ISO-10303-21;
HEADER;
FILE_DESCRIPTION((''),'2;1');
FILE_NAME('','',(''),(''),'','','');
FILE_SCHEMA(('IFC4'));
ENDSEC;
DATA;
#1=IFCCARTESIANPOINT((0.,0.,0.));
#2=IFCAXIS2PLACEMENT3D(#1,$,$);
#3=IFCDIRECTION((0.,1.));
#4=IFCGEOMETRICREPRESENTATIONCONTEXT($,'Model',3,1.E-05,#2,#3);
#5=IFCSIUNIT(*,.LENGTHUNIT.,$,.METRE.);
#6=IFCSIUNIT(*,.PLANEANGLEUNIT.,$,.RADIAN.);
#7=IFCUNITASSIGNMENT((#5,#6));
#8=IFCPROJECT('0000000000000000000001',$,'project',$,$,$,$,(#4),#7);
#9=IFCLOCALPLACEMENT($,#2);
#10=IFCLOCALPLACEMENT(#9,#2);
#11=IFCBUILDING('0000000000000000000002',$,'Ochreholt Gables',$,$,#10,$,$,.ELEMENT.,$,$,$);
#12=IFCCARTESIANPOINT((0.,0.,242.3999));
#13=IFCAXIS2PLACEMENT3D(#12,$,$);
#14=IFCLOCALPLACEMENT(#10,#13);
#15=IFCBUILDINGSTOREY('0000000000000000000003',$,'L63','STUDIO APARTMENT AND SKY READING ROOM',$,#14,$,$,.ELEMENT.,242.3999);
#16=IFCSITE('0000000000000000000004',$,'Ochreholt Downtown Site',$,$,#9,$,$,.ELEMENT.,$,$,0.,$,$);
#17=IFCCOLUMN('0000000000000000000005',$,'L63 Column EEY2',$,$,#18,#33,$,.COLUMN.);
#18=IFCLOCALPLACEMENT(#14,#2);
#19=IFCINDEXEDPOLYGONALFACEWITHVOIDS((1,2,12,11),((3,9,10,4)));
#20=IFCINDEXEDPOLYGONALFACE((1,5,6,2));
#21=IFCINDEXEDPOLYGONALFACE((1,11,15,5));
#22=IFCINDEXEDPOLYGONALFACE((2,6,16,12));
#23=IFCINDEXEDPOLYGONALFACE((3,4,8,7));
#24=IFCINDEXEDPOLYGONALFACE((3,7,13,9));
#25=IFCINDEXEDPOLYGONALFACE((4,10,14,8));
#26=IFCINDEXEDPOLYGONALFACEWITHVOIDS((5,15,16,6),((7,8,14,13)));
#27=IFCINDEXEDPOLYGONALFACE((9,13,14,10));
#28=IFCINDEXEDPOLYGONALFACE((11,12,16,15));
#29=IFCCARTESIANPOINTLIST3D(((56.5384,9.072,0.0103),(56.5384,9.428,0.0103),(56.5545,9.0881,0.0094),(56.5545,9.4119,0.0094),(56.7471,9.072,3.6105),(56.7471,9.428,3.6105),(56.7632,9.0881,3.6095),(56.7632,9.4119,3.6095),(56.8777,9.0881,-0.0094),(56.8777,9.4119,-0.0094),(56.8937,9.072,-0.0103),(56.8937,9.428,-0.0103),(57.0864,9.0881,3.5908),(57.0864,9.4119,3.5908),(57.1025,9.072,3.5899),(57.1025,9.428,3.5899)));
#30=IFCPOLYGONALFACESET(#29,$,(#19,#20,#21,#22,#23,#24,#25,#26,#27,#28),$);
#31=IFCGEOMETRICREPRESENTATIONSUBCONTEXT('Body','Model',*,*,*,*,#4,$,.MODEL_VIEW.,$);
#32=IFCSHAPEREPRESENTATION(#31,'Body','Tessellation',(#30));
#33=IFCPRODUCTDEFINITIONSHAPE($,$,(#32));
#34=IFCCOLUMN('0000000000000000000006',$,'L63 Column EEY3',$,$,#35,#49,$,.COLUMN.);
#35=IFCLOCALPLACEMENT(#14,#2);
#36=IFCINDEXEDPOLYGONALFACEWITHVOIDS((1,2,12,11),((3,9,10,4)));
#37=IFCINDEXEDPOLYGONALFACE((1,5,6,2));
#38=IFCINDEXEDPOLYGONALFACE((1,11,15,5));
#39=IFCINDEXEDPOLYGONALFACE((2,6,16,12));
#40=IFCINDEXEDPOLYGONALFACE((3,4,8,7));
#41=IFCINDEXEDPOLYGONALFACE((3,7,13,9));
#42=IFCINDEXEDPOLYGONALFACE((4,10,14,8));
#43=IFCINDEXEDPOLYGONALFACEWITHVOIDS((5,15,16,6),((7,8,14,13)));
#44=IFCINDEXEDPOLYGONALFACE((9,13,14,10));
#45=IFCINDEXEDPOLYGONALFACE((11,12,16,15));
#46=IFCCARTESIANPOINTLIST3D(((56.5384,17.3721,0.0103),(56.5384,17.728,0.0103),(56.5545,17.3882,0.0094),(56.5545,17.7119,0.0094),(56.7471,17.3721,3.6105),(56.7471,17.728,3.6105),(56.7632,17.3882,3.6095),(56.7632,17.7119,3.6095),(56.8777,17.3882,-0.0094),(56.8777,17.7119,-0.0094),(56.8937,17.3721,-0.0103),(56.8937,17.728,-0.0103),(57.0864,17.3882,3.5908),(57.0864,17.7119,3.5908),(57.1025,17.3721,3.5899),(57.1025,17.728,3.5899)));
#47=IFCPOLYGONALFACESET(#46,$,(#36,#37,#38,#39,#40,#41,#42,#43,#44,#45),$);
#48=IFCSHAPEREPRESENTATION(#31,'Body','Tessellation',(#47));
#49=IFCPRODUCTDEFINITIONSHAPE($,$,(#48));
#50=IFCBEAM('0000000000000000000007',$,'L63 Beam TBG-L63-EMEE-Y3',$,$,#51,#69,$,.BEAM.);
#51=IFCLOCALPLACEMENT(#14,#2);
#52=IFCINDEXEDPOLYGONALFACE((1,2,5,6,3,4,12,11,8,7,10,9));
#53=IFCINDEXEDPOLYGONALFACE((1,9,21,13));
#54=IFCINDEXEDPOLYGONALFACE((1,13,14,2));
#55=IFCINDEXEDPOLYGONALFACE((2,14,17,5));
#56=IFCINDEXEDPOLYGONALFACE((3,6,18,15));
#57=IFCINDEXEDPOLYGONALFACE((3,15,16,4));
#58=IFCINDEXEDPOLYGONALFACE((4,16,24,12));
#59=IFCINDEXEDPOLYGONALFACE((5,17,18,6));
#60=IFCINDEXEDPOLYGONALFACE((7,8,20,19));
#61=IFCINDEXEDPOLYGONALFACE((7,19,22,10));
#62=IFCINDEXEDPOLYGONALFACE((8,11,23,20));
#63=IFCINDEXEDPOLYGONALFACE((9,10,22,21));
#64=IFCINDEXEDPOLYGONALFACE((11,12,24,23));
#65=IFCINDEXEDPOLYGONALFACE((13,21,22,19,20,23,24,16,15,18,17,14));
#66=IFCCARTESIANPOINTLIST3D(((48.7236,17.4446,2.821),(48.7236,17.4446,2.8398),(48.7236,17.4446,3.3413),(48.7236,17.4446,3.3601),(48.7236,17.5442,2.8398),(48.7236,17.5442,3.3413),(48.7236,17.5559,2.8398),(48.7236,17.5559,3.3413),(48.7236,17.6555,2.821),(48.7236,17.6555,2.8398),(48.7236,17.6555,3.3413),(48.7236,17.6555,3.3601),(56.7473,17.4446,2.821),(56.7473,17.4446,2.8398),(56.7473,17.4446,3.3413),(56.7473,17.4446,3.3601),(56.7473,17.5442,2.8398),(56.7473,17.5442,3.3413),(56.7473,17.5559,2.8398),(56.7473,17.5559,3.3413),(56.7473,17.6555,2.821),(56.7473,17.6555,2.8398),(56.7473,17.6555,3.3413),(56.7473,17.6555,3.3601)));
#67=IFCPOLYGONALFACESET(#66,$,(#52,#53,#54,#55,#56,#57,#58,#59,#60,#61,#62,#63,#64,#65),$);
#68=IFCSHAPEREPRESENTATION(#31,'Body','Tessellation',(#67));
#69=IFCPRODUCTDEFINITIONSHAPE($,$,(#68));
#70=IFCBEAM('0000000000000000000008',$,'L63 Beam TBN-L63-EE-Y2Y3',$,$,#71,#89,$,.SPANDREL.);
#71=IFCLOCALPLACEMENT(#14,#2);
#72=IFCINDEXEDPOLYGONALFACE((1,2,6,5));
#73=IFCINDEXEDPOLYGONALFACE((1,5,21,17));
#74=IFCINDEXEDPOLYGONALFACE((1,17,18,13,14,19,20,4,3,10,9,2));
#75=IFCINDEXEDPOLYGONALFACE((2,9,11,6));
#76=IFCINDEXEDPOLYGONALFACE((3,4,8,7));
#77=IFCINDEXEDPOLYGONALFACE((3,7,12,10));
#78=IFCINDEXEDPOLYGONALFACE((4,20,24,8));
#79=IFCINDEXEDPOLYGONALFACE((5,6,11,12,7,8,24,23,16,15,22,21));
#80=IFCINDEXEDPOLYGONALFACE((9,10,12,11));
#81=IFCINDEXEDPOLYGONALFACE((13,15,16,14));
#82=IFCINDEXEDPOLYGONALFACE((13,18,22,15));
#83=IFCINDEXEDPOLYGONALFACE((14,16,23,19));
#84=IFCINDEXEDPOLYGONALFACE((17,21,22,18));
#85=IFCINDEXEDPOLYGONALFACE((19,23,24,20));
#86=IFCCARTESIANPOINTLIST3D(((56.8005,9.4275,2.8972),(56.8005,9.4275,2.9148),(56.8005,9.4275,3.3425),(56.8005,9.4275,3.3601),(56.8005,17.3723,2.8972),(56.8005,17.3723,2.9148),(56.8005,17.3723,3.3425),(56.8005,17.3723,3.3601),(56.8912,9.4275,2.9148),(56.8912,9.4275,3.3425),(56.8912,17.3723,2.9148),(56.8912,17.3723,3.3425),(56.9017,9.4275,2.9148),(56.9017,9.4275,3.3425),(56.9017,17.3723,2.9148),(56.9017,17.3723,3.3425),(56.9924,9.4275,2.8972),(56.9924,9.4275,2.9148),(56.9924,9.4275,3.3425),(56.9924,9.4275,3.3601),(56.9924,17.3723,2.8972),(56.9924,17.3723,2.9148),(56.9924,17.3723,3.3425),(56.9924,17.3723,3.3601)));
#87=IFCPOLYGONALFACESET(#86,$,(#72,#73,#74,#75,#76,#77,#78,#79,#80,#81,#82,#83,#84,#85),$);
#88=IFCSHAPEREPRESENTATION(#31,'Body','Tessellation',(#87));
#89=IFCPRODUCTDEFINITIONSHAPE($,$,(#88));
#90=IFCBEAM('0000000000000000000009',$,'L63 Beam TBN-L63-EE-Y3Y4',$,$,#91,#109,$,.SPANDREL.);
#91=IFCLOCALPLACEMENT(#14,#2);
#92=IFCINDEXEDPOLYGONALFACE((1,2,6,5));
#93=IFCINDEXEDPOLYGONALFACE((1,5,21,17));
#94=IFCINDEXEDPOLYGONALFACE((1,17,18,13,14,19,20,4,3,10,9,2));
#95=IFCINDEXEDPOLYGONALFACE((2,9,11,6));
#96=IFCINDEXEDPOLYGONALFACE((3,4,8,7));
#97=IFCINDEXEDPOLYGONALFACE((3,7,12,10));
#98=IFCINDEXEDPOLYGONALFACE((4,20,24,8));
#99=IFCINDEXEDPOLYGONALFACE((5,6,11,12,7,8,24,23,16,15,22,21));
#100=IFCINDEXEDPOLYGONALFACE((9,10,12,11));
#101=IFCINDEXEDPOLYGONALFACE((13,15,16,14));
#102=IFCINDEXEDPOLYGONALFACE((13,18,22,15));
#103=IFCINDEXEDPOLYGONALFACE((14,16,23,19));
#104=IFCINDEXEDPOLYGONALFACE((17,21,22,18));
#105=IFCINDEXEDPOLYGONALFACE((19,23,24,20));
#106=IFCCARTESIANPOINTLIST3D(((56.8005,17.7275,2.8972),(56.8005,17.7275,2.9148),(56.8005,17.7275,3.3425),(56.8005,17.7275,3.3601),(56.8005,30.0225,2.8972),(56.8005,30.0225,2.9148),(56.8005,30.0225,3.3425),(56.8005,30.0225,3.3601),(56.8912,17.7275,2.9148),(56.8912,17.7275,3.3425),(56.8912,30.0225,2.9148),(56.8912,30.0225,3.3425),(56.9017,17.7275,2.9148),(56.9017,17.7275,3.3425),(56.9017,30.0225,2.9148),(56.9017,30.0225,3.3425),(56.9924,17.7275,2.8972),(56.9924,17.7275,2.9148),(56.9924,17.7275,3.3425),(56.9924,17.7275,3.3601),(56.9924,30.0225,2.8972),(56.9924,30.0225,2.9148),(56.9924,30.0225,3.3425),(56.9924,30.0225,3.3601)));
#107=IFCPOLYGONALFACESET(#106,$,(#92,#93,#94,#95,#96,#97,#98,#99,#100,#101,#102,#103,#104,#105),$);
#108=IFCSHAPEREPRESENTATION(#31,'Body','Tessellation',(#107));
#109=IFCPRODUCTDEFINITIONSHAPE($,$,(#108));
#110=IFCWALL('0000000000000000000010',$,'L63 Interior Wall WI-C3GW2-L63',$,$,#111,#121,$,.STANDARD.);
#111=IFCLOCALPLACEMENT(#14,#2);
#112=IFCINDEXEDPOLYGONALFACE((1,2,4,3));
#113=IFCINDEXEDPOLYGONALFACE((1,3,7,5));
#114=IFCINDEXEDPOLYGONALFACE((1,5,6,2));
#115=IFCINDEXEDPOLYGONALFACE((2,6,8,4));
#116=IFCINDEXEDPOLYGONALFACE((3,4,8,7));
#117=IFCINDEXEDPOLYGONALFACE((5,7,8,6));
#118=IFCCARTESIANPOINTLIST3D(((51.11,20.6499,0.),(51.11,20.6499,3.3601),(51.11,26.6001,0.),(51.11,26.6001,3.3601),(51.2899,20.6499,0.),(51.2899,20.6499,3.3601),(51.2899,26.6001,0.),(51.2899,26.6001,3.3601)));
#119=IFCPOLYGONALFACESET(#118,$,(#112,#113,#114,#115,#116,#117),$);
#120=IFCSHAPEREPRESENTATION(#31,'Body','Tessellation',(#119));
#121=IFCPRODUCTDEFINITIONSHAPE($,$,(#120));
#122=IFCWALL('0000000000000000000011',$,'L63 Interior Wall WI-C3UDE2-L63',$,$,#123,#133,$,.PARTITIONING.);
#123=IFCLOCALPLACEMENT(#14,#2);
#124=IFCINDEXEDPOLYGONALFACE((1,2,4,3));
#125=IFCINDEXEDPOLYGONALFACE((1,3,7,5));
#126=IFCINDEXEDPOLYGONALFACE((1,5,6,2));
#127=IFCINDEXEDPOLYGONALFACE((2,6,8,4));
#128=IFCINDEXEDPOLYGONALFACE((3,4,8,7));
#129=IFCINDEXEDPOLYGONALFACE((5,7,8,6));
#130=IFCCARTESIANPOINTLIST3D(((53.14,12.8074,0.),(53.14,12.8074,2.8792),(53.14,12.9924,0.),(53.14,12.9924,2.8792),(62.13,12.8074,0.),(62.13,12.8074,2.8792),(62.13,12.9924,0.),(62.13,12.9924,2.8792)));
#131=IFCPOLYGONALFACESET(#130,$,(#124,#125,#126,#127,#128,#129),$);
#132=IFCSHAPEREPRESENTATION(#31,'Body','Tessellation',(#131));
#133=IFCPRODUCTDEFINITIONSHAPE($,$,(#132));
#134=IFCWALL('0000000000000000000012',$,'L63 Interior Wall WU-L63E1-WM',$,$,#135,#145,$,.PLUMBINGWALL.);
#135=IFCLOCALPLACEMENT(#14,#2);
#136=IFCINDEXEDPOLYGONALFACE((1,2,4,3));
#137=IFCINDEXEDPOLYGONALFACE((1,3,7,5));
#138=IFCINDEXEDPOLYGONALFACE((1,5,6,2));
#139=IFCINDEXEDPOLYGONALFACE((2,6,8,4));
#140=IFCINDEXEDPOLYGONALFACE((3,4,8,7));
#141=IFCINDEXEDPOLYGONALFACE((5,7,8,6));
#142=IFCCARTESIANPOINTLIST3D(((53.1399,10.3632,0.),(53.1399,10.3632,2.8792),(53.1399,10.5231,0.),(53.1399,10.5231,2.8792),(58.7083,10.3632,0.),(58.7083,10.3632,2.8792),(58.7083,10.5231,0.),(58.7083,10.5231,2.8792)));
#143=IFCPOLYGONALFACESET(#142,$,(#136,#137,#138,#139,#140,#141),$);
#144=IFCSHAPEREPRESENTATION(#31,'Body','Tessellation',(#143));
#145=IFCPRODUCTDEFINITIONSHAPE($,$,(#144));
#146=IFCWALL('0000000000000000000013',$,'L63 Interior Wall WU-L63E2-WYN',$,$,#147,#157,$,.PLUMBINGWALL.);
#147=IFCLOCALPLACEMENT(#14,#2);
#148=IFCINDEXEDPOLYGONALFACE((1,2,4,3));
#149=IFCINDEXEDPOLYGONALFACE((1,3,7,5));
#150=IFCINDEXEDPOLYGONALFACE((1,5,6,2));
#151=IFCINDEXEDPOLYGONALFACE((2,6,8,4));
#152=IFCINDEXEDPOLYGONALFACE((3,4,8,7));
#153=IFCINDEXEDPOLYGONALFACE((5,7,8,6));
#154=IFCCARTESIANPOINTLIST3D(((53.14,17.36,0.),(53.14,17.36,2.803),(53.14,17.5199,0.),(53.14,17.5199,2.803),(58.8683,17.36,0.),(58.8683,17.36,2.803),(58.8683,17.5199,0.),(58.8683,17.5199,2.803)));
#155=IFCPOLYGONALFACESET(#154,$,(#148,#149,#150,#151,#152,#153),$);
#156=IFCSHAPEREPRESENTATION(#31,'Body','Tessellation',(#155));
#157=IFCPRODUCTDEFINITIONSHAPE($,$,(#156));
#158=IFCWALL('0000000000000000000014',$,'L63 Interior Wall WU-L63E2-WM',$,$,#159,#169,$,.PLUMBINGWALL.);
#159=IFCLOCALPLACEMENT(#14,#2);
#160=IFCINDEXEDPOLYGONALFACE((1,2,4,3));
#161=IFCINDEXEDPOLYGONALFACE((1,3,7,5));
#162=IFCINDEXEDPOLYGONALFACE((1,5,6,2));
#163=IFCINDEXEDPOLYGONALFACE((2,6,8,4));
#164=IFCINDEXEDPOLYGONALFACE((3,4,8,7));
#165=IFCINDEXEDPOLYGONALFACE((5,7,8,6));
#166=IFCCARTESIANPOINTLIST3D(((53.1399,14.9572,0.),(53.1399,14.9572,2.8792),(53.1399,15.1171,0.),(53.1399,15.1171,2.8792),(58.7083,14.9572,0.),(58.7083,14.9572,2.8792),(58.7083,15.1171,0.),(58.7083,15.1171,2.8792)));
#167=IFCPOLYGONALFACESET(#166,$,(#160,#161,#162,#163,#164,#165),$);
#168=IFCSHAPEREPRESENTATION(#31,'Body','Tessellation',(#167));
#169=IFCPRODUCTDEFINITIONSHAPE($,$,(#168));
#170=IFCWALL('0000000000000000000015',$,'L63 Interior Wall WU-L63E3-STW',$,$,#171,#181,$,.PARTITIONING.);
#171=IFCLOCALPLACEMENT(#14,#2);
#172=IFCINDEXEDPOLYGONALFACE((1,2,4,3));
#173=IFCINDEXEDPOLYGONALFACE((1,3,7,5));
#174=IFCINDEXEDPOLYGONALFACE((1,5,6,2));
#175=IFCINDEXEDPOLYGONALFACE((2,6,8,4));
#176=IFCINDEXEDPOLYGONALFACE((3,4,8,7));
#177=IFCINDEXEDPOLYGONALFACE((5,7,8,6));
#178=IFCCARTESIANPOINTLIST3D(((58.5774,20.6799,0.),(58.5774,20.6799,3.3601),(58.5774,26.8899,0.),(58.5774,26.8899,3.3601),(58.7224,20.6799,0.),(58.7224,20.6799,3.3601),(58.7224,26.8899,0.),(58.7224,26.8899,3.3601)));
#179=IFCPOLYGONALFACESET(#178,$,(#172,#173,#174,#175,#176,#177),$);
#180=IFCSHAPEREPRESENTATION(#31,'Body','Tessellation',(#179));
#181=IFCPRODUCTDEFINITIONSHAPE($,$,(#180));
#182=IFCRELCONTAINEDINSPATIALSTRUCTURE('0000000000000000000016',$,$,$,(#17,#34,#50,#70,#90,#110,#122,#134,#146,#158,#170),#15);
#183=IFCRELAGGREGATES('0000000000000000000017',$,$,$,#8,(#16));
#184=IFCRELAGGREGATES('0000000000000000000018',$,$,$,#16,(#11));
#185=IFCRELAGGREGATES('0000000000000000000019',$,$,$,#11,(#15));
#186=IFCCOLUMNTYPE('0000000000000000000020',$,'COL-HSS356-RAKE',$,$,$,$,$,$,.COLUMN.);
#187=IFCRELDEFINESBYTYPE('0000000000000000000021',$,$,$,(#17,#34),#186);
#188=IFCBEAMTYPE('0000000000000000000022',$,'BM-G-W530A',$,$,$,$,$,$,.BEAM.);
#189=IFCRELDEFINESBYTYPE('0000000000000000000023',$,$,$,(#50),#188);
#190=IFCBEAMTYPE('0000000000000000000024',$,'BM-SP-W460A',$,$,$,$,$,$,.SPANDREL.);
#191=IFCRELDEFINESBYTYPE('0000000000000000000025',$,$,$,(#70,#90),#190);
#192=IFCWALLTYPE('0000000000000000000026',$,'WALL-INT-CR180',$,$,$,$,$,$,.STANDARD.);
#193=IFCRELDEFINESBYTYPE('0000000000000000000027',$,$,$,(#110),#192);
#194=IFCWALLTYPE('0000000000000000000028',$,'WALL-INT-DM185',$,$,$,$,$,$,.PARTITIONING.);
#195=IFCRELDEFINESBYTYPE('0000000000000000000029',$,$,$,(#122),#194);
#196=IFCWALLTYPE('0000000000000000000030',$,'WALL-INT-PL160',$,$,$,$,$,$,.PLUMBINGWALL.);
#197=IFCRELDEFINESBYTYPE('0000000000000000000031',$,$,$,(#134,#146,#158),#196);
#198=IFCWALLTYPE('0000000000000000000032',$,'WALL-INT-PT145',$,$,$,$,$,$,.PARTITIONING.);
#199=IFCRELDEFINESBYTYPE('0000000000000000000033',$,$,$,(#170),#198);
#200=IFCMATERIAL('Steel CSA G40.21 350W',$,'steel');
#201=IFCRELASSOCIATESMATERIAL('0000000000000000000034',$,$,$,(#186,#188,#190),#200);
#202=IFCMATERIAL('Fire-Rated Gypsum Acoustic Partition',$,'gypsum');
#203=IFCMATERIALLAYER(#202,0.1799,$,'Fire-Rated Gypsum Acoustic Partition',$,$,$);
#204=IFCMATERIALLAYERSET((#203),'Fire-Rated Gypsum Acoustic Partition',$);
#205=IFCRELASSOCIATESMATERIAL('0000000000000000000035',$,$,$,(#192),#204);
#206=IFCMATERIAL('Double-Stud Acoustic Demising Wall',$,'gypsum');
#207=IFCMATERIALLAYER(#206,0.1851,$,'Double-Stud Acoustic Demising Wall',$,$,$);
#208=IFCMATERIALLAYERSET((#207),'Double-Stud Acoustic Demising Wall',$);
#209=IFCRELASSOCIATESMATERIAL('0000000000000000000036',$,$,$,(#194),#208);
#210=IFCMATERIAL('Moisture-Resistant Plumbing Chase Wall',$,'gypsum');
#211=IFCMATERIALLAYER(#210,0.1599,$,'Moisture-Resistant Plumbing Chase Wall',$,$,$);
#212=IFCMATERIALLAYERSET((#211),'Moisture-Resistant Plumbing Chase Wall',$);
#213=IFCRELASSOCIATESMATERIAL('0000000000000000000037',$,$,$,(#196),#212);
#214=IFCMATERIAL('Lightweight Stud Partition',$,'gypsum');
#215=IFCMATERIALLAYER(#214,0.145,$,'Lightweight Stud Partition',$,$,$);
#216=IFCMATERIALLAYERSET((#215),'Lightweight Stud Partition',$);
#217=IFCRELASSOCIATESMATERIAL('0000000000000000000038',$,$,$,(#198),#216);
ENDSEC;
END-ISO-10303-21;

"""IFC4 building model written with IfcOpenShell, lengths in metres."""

from ifc_helpers import new_model, si_unit, direction, frame, frame_2d, origin, origin_2d, place, context, subcontext, project, spatial, rectangle, hollow_rectangle, i_section, extrude, material, layer, layer_set, material_profile, profile_set, type_object, element, save


model = new_model("IFC4")

# Units and contexts
model_context = context("Model", 3, precision=1e-05, world=origin(), true_north=direction((0.0, 1.0)))
body_context = subcontext(model_context, "Body", "Model", "MODEL_VIEW")
ifc_project = project(units=[si_unit("LENGTHUNIT", "METRE"), si_unit("PLANEANGLEUNIT", "RADIAN")], contexts=[model_context])

# Site, building, storey
site_placement = place(None, origin())
site = spatial("IfcSite", under=ifc_project, at=site_placement, Name="Ochreholt Downtown Site", CompositionType="ELEMENT", RefElevation=0.0)
building_placement = place(site_placement, origin())
building = spatial("IfcBuilding", under=site, at=building_placement, Name="Ochreholt Gables", CompositionType="ELEMENT")
storey_placement = place(building_placement, frame((0.0, 0.0, 242.3999)))
storey = spatial("IfcBuildingStorey", under=building, at=storey_placement, Name="L63", Description="STUDIO APARTMENT AND SKY READING ROOM", CompositionType="ELEMENT", Elevation=242.3999)

# Columns
ifc_material_1 = material(Name="Steel CSA G40.21 350W", Category="steel")
ifc_material_profile_1 = material_profile(ifc_material_1, hollow_rectangle(XDim=0.356, YDim=0.356, WallThickness=0.0161, at=origin_2d()), Name="HSS356X356X16")
ifc_profile_set_1 = profile_set([ifc_material_profile_1], Name="Steel CSA G40.21 350W")
column_type = type_object("IfcColumnType", Name="COL-HSS356-RAKE", PredefinedType="COLUMN", material=ifc_profile_set_1)
for number, where, z_axis, x_axis, name in (
    (1, (56.7161, 9.25, 0.0), (0.057885, 0.0, 0.998323), (0.0, 1.0, 0.0), "L63 Column EEY2"),
    (2, (56.7161, 17.55, 0.0), (0.057885, 0.0, 0.998323), (0.0, 1.0, 0.0), "L63 Column EEY3"),
):
    element("IfcColumn", number, at=place(storey_placement, frame(where, z_axis=z_axis, x_axis=x_axis)), inside=storey, type_object=column_type, Name=name, PredefinedType="COLUMN", context=body_context, shape_type="SweptSolid", body=[
        extrude(hollow_rectangle(XDim=0.356, YDim=0.356, WallThickness=0.0161, at=origin_2d()), origin(), (0.0, 0.0, 1.0), 3.6062),
    ])

# Beams
ifc_material_profile_2 = material_profile(ifc_material_1, i_section(OverallWidth=0.2109, OverallDepth=0.5391, WebThickness=0.0117, FlangeThickness=0.0188, at=origin_2d()), Name="W530X109")
ifc_profile_set_2 = profile_set([ifc_material_profile_2], Name="Steel CSA G40.21 350W")
beam_type_1 = type_object("IfcBeamType", Name="BM-G-W530A", PredefinedType="BEAM", material=ifc_profile_set_2)
beam_1_placement = place(storey_placement, frame((48.7236, 17.55, 3.0906), z_axis=(1.0, 0.0, 0.0), x_axis=(0.0, 1.0, 0.0)))
element("IfcBeam", 3, at=beam_1_placement, inside=storey, type_object=beam_type_1, Name="L63 Beam TBG-L63-EMEE-Y3", PredefinedType="BEAM", context=body_context, shape_type="SweptSolid", body=[
    extrude(i_section(OverallWidth=0.2109, OverallDepth=0.5391, WebThickness=0.0117, FlangeThickness=0.0188, at=origin_2d()), origin(), (0.0, 0.0, 1.0), 8.0237),
])
ifc_material_profile_3 = material_profile(ifc_material_1, i_section(OverallWidth=0.1919, OverallDepth=0.4629, WebThickness=0.0105, FlangeThickness=0.0176, at=origin_2d()), Name="W460X89")
ifc_profile_set_3 = profile_set([ifc_material_profile_3], Name="Steel CSA G40.21 350W")
beam_type_2 = type_object("IfcBeamType", Name="BM-SP-W460A", PredefinedType="SPANDREL", material=ifc_profile_set_3)
beam_2_placement = place(storey_placement, frame((56.8965, 9.4275, 3.1287), z_axis=(0.0, 1.0, 0.0), x_axis=(-1.0, 0.0, 0.0)))
element("IfcBeam", 4, at=beam_2_placement, inside=storey, type_object=beam_type_2, Name="L63 Beam TBN-L63-EE-Y2Y3", PredefinedType="SPANDREL", context=body_context, shape_type="SweptSolid", body=[
    extrude(i_section(OverallWidth=0.1919, OverallDepth=0.4629, WebThickness=0.0105, FlangeThickness=0.0176, at=origin_2d()), origin(), (0.0, 0.0, 1.0), 7.9448),
])
beam_3_placement = place(storey_placement, frame((56.8965, 17.7275, 3.1287), z_axis=(0.0, 1.0, 0.0), x_axis=(-1.0, 0.0, 0.0)))
element("IfcBeam", 5, at=beam_3_placement, inside=storey, type_object=beam_type_2, Name="L63 Beam TBN-L63-EE-Y3Y4", PredefinedType="SPANDREL", context=body_context, shape_type="SweptSolid", body=[
    extrude(i_section(OverallWidth=0.1919, OverallDepth=0.4629, WebThickness=0.0105, FlangeThickness=0.0176, at=origin_2d()), origin(), (0.0, 0.0, 1.0), 12.2949),
])

# Walls
ifc_material_2 = material(Name="Fire-Rated Gypsum Acoustic Partition", Category="gypsum")
ifc_layer_1 = layer(ifc_material_2, 0.1799, Name="Fire-Rated Gypsum Acoustic Partition")
ifc_layer_set_1 = layer_set([ifc_layer_1], Name="Fire-Rated Gypsum Acoustic Partition")
wall_type_1 = type_object("IfcWallType", Name="WALL-INT-CR180", PredefinedType="STANDARD", material=ifc_layer_set_1)
wall_1_placement = place(storey_placement, frame((51.2, 20.6499, 0.0), z_axis=(0.0, 0.0, 1.0), x_axis=(0.0, 1.0, 0.0)))
element("IfcWall", 6, at=wall_1_placement, inside=storey, type_object=wall_type_1, Name="L63 Interior Wall WI-C3GW2-L63", PredefinedType="STANDARD", context=body_context, shape_type="SweptSolid", body=[
    extrude(rectangle(XDim=5.9502, YDim=0.1799, at=frame_2d((2.9751, 0.0))), origin(), (0.0, 0.0, 1.0), 3.3601),
])
ifc_material_3 = material(Name="Double-Stud Acoustic Demising Wall", Category="gypsum")
ifc_layer_2 = layer(ifc_material_3, 0.1851, Name="Double-Stud Acoustic Demising Wall")
ifc_layer_set_2 = layer_set([ifc_layer_2], Name="Double-Stud Acoustic Demising Wall")
wall_type_2 = type_object("IfcWallType", Name="WALL-INT-DM185", PredefinedType="PARTITIONING", material=ifc_layer_set_2)
wall_2_placement = place(storey_placement, frame((53.1399, 12.8999, 0.0), z_axis=(0.0, 0.0, 1.0), x_axis=(1.0, 0.0, 0.0)))
element("IfcWall", 7, at=wall_2_placement, inside=storey, type_object=wall_type_2, Name="L63 Interior Wall WI-C3UDE2-L63", PredefinedType="PARTITIONING", context=body_context, shape_type="SweptSolid", body=[
    extrude(rectangle(XDim=8.99, YDim=0.1851, at=frame_2d((4.4951, 0.0))), origin(), (0.0, 0.0, 1.0), 2.8792),
])
ifc_material_4 = material(Name="Moisture-Resistant Plumbing Chase Wall", Category="gypsum")
ifc_layer_3 = layer(ifc_material_4, 0.1599, Name="Moisture-Resistant Plumbing Chase Wall")
ifc_layer_set_3 = layer_set([ifc_layer_3], Name="Moisture-Resistant Plumbing Chase Wall")
wall_type_3 = type_object("IfcWallType", Name="WALL-INT-PL160", PredefinedType="PLUMBINGWALL", material=ifc_layer_set_3)
wall_3_placement = place(storey_placement, frame((53.1399, 10.4431, 0.0), z_axis=(0.0, 0.0, 1.0), x_axis=(1.0, 0.0, 0.0)))
element("IfcWall", 8, at=wall_3_placement, inside=storey, type_object=wall_type_3, Name="L63 Interior Wall WU-L63E1-WM", PredefinedType="PLUMBINGWALL", context=body_context, shape_type="SweptSolid", body=[
    extrude(rectangle(XDim=5.5684, YDim=0.1599, at=frame_2d((2.7842, 0.0))), origin(), (0.0, 0.0, 1.0), 2.8792),
])
wall_4_placement = place(storey_placement, frame((53.1399, 17.4399, 0.0), z_axis=(0.0, 0.0, 1.0), x_axis=(1.0, 0.0, 0.0)))
element("IfcWall", 9, at=wall_4_placement, inside=storey, type_object=wall_type_3, Name="L63 Interior Wall WU-L63E2-WYN", PredefinedType="PLUMBINGWALL", context=body_context, shape_type="SweptSolid", body=[
    extrude(rectangle(XDim=5.7283, YDim=0.1599, at=frame_2d((2.8643, 0.0))), origin(), (0.0, 0.0, 1.0), 2.803),
])

# Walls
wall_5_placement = place(storey_placement, frame((53.1399, 15.0371, 0.0), z_axis=(0.0, 0.0, 1.0), x_axis=(1.0, 0.0, 0.0)))
element("IfcWall", 10, at=wall_5_placement, inside=storey, type_object=wall_type_3, Name="L63 Interior Wall WU-L63E2-WM", PredefinedType="PLUMBINGWALL", context=body_context, shape_type="SweptSolid", body=[
    extrude(rectangle(XDim=5.5684, YDim=0.1599, at=frame_2d((2.7842, 0.0))), origin(), (0.0, 0.0, 1.0), 2.8792),
])
ifc_material_5 = material(Name="Lightweight Stud Partition", Category="gypsum")
ifc_layer_4 = layer(ifc_material_5, 0.145, Name="Lightweight Stud Partition")
ifc_layer_set_4 = layer_set([ifc_layer_4], Name="Lightweight Stud Partition")
wall_type_4 = type_object("IfcWallType", Name="WALL-INT-PT145", PredefinedType="PARTITIONING", material=ifc_layer_set_4)
wall_6_placement = place(storey_placement, frame((58.6499, 20.6799, 0.0), z_axis=(0.0, 0.0, 1.0), x_axis=(0.0, 1.0, 0.0)))
element("IfcWall", 11, at=wall_6_placement, inside=storey, type_object=wall_type_4, Name="L63 Interior Wall WU-L63E3-STW", PredefinedType="PARTITIONING", context=body_context, shape_type="SweptSolid", body=[
    extrude(rectangle(XDim=6.21, YDim=0.145, at=frame_2d((3.105, 0.0))), origin(), (0.0, 0.0, 1.0), 3.3601),
])

save(model, "model.ifc")
